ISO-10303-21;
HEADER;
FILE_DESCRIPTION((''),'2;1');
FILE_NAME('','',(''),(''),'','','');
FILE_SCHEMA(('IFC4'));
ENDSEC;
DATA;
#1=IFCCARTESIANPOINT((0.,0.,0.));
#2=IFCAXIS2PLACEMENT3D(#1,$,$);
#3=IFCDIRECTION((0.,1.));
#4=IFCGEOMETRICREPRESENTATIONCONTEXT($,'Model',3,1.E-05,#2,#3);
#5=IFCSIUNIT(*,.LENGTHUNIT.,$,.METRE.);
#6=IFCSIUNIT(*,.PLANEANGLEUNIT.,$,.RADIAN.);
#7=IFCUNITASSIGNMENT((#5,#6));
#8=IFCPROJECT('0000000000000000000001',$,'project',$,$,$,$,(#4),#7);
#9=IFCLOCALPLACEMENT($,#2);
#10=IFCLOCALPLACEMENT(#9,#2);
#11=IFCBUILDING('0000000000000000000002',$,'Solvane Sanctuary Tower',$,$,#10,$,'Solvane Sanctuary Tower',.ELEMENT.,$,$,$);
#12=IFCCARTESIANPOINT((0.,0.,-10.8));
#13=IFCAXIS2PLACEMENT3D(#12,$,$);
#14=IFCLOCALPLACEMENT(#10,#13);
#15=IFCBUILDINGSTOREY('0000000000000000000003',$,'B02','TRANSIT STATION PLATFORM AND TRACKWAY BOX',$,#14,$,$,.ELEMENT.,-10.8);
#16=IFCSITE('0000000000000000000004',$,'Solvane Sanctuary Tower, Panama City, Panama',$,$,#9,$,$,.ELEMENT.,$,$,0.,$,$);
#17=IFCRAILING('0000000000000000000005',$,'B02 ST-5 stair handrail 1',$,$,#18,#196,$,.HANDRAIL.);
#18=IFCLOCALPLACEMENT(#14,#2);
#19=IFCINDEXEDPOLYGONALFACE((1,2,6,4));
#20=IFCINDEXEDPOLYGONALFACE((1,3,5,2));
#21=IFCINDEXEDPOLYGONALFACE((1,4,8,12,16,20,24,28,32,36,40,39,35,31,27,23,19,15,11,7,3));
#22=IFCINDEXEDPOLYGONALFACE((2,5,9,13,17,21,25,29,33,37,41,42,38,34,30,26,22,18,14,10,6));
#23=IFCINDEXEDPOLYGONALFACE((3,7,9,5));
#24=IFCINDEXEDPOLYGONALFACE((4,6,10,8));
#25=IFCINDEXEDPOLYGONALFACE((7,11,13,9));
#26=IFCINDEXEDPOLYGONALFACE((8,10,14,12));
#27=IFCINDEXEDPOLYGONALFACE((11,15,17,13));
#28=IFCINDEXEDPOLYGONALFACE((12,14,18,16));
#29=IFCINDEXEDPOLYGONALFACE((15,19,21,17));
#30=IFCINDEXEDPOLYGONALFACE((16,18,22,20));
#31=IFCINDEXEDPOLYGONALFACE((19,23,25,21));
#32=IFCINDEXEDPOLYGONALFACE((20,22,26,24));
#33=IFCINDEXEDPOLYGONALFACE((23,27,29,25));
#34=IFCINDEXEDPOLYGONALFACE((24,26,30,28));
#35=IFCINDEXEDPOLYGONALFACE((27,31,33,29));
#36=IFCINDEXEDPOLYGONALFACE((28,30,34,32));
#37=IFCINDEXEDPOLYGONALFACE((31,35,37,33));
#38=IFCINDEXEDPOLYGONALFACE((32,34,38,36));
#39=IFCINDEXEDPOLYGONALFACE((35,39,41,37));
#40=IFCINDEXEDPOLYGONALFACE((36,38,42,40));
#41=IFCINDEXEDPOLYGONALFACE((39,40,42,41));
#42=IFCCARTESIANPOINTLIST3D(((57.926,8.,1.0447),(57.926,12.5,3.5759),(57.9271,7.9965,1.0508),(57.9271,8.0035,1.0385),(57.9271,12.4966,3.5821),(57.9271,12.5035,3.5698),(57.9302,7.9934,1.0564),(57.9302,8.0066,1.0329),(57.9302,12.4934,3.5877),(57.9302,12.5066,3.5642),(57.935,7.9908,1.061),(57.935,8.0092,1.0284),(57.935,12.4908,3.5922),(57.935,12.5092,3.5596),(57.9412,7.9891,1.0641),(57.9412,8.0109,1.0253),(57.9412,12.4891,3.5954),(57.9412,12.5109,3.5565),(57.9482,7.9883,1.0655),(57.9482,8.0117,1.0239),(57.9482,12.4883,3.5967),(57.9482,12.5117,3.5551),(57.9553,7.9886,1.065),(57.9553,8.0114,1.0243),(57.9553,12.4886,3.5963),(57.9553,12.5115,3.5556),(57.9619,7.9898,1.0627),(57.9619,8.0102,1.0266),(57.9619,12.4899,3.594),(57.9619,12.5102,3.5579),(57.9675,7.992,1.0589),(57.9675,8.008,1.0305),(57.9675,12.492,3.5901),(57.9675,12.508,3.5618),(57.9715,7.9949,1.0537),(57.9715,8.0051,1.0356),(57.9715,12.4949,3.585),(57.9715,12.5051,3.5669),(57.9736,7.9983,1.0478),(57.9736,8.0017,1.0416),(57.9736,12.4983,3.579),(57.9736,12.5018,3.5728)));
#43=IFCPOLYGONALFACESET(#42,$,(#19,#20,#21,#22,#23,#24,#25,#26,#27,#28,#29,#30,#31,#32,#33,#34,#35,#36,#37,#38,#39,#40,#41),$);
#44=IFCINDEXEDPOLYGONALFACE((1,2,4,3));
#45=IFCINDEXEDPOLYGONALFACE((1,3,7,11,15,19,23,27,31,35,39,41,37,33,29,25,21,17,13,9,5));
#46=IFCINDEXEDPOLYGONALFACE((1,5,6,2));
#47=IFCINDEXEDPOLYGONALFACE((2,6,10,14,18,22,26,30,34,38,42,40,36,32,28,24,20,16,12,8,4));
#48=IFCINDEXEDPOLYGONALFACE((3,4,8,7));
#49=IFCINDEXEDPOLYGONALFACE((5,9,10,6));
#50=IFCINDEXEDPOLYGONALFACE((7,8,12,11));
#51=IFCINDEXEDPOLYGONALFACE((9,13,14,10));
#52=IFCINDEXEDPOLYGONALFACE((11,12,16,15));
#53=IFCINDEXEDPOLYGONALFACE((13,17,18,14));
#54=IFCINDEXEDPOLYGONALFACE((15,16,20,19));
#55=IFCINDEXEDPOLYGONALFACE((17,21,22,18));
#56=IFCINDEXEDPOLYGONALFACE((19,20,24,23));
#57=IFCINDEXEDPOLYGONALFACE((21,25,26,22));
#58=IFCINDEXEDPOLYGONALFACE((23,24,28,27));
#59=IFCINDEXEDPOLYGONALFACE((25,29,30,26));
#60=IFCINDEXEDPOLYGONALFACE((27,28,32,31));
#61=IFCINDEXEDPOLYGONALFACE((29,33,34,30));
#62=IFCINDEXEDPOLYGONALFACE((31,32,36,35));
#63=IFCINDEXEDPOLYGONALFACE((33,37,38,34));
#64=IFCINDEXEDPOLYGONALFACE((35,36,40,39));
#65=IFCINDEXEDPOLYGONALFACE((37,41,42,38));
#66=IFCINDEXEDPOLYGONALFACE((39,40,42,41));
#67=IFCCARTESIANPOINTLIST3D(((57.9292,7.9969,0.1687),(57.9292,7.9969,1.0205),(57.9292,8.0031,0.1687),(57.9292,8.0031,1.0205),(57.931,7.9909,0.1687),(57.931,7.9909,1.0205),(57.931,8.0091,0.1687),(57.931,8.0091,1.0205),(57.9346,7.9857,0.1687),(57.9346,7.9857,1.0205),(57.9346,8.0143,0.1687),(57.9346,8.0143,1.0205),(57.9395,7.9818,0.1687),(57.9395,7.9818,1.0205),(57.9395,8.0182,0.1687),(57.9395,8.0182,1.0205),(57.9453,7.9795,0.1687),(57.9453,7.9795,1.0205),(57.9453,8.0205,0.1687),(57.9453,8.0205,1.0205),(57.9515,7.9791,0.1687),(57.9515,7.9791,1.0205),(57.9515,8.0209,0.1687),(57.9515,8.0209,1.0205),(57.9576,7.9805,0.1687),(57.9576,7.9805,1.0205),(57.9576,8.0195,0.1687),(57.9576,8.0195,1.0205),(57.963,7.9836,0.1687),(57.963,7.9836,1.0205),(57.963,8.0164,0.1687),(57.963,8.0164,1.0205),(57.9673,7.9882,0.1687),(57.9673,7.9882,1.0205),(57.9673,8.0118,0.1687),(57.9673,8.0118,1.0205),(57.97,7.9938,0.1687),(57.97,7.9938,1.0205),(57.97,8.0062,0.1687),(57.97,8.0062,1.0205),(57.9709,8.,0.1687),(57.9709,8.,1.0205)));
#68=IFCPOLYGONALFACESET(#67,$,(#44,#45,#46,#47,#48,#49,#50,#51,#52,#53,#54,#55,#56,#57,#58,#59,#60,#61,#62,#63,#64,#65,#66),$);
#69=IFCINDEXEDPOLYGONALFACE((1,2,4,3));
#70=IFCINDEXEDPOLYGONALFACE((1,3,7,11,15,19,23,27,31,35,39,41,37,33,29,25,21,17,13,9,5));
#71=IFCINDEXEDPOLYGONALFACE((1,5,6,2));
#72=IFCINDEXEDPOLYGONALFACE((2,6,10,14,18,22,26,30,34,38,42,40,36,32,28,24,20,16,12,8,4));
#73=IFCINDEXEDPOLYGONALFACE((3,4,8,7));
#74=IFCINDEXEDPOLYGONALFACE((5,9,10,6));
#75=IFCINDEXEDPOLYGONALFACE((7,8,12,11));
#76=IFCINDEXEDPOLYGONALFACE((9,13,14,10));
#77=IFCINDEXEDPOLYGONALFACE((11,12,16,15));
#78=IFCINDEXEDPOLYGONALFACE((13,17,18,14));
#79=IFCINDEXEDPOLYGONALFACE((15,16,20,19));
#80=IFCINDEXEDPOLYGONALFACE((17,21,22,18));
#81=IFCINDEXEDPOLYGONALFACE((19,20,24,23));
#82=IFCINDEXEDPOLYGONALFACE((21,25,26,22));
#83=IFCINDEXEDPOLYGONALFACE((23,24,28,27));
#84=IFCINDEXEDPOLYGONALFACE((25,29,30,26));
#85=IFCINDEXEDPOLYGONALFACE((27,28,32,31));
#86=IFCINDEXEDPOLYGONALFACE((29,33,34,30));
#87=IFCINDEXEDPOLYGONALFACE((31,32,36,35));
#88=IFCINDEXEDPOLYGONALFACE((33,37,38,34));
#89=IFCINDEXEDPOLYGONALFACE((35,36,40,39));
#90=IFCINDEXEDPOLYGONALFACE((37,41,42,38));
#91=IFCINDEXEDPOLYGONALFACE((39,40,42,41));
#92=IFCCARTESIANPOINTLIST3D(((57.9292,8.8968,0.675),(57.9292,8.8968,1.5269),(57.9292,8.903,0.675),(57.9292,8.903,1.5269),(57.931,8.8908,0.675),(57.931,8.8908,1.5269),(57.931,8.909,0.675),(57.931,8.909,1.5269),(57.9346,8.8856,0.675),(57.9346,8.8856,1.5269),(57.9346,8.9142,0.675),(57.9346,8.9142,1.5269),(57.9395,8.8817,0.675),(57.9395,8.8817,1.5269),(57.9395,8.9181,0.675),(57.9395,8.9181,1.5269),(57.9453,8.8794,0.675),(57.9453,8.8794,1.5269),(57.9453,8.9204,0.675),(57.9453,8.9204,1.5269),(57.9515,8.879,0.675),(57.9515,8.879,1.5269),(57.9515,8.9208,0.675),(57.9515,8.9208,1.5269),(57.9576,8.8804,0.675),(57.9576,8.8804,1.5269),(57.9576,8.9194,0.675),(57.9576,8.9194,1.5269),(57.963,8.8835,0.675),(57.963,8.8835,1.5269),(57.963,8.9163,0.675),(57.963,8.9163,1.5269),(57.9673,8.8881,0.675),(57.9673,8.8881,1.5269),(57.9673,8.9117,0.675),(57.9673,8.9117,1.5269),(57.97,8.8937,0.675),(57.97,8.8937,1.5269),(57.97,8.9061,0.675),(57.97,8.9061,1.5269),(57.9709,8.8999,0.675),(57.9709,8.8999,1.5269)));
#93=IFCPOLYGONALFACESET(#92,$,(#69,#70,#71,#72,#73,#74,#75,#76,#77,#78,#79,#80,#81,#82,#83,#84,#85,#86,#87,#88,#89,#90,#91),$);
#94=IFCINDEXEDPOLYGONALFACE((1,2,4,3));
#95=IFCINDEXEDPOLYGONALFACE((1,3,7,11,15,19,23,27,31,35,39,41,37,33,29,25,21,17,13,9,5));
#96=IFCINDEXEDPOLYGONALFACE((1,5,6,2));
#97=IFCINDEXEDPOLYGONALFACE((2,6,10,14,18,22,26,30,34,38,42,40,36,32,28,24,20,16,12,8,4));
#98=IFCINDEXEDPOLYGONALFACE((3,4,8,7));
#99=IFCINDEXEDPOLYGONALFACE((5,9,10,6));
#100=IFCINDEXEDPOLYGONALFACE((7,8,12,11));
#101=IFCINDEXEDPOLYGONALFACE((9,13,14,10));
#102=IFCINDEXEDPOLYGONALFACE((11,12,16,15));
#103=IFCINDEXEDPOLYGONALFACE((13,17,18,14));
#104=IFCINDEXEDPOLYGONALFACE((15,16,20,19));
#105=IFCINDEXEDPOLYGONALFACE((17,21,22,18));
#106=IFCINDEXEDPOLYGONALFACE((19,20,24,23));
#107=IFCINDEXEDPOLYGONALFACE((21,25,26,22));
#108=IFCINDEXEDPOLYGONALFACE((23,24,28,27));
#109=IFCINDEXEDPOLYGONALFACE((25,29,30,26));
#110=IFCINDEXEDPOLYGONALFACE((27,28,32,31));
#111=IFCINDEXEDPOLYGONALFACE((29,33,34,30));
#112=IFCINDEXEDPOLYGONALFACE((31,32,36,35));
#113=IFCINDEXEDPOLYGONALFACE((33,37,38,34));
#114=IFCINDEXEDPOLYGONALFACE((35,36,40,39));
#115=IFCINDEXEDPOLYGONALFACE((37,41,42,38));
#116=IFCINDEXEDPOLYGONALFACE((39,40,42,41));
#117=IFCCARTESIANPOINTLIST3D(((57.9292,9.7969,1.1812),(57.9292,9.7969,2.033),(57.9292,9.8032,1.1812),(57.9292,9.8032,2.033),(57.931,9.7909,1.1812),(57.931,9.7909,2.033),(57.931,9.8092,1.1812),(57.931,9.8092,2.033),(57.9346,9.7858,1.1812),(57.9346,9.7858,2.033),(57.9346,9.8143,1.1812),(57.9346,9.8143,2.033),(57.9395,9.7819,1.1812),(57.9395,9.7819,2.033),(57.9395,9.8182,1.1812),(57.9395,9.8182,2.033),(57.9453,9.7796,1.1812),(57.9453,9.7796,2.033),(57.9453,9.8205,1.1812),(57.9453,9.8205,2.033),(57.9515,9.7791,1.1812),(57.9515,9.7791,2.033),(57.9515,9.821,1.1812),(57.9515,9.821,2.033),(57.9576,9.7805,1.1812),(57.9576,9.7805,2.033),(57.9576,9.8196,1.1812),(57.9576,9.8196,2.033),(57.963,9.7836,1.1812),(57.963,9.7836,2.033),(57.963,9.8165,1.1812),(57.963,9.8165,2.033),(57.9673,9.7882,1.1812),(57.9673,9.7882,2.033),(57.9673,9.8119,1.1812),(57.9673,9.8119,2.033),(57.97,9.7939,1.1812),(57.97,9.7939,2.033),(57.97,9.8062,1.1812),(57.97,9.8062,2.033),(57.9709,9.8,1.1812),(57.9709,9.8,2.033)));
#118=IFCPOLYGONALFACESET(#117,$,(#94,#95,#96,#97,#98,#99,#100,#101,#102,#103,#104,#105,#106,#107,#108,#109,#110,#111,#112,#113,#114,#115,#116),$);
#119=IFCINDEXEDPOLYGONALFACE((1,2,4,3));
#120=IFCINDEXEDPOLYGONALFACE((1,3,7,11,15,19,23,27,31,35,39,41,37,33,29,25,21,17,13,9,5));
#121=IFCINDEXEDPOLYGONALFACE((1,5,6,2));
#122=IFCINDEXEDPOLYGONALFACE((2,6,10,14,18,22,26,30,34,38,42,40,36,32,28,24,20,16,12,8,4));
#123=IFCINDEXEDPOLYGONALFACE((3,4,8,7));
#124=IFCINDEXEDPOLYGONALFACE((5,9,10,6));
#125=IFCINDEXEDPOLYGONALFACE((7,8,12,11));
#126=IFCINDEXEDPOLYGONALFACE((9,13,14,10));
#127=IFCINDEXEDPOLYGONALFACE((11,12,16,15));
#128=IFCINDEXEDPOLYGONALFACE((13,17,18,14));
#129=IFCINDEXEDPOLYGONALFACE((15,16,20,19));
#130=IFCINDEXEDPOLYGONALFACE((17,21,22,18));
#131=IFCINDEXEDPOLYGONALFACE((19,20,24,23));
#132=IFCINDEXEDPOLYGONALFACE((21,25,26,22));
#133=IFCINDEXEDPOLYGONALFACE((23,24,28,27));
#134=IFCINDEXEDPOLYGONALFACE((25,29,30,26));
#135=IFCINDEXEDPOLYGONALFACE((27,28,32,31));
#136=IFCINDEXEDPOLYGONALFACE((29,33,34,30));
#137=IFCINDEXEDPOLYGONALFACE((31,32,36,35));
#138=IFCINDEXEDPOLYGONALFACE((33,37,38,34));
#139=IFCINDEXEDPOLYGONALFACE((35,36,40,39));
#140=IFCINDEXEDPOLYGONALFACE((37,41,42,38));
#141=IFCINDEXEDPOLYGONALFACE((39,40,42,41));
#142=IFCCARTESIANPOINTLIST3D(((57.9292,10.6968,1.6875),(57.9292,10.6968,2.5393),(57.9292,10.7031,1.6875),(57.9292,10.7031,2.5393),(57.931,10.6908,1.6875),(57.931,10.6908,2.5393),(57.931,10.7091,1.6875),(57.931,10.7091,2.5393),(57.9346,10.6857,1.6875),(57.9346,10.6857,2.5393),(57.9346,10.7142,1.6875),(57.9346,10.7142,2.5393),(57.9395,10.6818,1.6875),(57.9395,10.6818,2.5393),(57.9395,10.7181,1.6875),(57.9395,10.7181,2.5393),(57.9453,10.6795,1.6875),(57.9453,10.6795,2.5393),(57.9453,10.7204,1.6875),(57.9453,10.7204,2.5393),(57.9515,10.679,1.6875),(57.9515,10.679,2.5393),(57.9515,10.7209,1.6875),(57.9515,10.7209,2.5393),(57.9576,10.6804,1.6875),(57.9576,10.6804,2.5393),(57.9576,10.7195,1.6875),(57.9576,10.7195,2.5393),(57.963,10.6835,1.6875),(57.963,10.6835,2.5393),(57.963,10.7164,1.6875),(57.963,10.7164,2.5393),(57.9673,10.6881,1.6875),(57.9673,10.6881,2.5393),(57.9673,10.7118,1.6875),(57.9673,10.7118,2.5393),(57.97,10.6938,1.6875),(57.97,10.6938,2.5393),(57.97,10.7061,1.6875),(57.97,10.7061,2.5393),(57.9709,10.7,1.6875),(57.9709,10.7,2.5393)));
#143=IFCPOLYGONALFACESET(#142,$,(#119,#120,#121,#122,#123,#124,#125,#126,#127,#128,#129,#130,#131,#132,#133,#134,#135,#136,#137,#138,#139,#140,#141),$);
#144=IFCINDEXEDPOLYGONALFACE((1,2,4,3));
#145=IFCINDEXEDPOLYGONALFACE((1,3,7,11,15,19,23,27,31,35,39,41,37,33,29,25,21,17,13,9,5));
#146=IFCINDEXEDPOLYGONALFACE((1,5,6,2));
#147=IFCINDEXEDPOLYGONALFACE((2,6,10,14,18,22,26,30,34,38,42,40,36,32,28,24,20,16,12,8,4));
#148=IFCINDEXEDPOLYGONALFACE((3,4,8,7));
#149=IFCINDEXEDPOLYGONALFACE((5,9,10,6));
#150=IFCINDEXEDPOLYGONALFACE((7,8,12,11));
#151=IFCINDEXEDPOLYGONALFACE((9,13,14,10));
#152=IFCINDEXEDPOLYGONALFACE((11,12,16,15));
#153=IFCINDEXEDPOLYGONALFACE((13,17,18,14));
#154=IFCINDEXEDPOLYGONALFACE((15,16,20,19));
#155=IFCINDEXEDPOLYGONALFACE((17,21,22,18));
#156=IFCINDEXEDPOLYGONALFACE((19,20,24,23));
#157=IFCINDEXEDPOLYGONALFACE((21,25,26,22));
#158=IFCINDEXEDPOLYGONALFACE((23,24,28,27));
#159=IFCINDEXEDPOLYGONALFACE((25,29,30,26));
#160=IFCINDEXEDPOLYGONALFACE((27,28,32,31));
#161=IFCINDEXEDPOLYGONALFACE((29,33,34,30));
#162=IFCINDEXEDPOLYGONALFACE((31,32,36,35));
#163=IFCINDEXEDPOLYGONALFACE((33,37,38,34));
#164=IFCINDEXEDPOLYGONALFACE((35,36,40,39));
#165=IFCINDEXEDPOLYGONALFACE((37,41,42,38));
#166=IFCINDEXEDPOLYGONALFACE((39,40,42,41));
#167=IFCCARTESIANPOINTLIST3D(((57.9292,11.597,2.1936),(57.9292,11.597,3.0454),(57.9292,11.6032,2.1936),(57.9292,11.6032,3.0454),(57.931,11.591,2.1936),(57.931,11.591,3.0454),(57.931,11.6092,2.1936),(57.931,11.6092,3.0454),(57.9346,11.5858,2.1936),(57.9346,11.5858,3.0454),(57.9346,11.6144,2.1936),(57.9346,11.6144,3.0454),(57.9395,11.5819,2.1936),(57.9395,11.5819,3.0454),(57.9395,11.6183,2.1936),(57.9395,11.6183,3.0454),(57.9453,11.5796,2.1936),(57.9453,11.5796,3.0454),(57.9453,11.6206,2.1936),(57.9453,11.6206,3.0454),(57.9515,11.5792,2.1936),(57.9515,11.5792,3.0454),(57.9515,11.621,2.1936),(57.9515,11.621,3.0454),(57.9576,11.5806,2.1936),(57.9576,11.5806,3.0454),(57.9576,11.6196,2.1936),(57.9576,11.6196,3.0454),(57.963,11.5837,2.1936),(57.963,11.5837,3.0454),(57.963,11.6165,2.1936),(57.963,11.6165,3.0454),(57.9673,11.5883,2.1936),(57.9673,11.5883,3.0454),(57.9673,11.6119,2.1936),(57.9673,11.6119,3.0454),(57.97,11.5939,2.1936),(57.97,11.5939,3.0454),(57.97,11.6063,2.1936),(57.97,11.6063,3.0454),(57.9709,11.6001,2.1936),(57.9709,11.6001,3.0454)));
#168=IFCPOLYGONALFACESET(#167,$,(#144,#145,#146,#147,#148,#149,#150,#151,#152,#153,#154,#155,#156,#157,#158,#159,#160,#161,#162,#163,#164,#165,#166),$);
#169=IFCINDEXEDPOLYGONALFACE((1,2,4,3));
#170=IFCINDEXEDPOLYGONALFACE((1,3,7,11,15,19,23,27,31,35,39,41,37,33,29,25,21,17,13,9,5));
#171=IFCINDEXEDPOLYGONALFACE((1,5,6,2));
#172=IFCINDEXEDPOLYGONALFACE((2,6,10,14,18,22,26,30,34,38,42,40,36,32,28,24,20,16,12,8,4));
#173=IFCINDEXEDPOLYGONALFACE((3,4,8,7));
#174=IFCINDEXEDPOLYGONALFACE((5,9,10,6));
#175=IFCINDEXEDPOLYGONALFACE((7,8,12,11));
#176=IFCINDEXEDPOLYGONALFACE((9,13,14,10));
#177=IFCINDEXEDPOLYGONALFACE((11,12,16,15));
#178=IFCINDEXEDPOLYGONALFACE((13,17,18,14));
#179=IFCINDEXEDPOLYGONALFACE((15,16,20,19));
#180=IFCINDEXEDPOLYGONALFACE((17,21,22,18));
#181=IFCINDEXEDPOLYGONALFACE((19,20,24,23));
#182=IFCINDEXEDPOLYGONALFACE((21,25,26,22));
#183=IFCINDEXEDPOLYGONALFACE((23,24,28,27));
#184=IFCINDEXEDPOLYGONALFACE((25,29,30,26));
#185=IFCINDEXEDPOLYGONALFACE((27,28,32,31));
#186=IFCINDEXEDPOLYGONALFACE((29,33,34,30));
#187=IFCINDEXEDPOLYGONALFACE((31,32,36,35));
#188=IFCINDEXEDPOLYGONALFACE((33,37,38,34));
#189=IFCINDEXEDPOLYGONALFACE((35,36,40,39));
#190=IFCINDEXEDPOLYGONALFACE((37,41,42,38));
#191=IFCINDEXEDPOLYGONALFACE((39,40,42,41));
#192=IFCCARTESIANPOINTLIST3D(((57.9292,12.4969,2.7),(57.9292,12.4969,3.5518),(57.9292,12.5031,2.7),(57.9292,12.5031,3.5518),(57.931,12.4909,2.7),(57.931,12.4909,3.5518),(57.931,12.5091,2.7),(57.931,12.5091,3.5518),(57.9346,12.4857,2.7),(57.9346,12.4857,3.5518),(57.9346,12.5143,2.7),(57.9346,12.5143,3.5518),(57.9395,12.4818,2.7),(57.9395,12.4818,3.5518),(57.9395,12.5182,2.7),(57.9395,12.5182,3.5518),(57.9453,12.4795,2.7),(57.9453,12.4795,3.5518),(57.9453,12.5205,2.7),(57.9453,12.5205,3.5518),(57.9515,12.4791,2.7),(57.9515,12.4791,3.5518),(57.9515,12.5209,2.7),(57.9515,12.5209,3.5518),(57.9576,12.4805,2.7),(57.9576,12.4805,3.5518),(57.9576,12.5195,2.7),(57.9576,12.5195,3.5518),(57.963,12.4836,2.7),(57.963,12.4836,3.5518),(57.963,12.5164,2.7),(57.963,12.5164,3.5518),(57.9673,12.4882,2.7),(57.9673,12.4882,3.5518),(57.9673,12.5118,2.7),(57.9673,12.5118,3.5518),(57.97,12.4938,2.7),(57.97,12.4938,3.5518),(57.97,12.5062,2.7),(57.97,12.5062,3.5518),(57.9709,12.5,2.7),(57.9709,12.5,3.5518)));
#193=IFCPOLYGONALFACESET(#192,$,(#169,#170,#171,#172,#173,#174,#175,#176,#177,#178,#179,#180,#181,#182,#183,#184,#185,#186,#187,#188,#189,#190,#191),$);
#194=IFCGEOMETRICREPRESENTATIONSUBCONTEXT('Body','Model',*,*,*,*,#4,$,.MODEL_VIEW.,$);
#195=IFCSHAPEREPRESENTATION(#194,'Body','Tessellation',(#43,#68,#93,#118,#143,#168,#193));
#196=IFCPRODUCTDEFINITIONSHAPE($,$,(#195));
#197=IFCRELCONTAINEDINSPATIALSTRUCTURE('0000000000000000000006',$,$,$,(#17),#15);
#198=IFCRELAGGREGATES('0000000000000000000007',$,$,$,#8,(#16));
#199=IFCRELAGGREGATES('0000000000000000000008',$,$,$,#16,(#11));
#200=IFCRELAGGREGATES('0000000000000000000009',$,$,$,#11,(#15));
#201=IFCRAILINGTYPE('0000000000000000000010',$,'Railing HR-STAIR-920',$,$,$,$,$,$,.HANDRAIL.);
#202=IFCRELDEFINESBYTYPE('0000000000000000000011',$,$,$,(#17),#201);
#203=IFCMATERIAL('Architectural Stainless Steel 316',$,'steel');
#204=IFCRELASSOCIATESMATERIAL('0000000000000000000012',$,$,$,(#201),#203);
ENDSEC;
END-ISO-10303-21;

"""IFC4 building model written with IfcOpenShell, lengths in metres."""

from ifc_helpers import new_model, si_unit, direction, frame, origin, origin_2d, place, context, subcontext, project, spatial, circle, extrude, material, type_object, element, save


model = new_model("IFC4")

# Units and contexts
model_context = context("Model", 3, precision=1e-05, world=origin(), true_north=direction((0.0, 1.0)))
body_context = subcontext(model_context, "Body", "Model", "MODEL_VIEW")
ifc_project = project(units=[si_unit("LENGTHUNIT", "METRE"), si_unit("PLANEANGLEUNIT", "RADIAN")], contexts=[model_context])

# Site, building, storey
site_placement = place(None, origin())
site = spatial("IfcSite", under=ifc_project, at=site_placement, Name="Solvane Sanctuary Tower, Panama City, Panama", CompositionType="ELEMENT", RefElevation=0.0)
building_placement = place(site_placement, origin())
building = spatial("IfcBuilding", under=site, at=building_placement, Name="Solvane Sanctuary Tower", LongName="Solvane Sanctuary Tower", CompositionType="ELEMENT")
storey_placement = place(building_placement, frame((0.0, 0.0, -10.8)))
storey = spatial("IfcBuildingStorey", under=building, at=storey_placement, Name="B02", Description="TRANSIT STATION PLATFORM AND TRACKWAY BOX", CompositionType="ELEMENT", Elevation=-10.8)

# Railing
ifc_material_1 = material(Name="Architectural Stainless Steel 316", Category="steel")
railing_type = type_object("IfcRailingType", Name="Railing HR-STAIR-920", PredefinedType="HANDRAIL", material=ifc_material_1)
railing_placement = place(storey_placement, frame((57.95, 8.0, 0.1687)))
element("IfcRailing", 1, at=railing_placement, inside=storey, type_object=railing_type, Name="B02 ST-5 stair handrail 1", PredefinedType="HANDRAIL", context=body_context, shape_type="SweptSolid", body=[
    extrude(circle(Radius=0.0239, at=origin_2d()), frame((0.0, 0.0, 0.876), z_axis=(0.0, 0.871576, 0.490261), x_axis=(-1.0, 0.0, 0.0)), (0.0, 0.0, 1.0), 5.1631),
    extrude(circle(Radius=0.021, at=origin_2d()), origin(), (0.0, 0.0, 1.0), 0.8518),
    extrude(circle(Radius=0.021, at=origin_2d()), frame((0.0, 0.8999, 0.5063)), (0.0, 0.0, 1.0), 0.8518),
    extrude(circle(Radius=0.021, at=origin_2d()), frame((0.0, 1.8, 1.0125)), (0.0, 0.0, 1.0), 0.8518),
    extrude(circle(Radius=0.021, at=origin_2d()), frame((0.0, 2.7, 1.5188)), (0.0, 0.0, 1.0), 0.8518),
    extrude(circle(Radius=0.021, at=origin_2d()), frame((0.0, 3.6001, 2.0249)), (0.0, 0.0, 1.0), 0.8518),
    extrude(circle(Radius=0.021, at=origin_2d()), frame((0.0, 4.5, 2.5312)), (0.0, 0.0, 1.0), 0.8518),
])

save(model, "model.ifc")
